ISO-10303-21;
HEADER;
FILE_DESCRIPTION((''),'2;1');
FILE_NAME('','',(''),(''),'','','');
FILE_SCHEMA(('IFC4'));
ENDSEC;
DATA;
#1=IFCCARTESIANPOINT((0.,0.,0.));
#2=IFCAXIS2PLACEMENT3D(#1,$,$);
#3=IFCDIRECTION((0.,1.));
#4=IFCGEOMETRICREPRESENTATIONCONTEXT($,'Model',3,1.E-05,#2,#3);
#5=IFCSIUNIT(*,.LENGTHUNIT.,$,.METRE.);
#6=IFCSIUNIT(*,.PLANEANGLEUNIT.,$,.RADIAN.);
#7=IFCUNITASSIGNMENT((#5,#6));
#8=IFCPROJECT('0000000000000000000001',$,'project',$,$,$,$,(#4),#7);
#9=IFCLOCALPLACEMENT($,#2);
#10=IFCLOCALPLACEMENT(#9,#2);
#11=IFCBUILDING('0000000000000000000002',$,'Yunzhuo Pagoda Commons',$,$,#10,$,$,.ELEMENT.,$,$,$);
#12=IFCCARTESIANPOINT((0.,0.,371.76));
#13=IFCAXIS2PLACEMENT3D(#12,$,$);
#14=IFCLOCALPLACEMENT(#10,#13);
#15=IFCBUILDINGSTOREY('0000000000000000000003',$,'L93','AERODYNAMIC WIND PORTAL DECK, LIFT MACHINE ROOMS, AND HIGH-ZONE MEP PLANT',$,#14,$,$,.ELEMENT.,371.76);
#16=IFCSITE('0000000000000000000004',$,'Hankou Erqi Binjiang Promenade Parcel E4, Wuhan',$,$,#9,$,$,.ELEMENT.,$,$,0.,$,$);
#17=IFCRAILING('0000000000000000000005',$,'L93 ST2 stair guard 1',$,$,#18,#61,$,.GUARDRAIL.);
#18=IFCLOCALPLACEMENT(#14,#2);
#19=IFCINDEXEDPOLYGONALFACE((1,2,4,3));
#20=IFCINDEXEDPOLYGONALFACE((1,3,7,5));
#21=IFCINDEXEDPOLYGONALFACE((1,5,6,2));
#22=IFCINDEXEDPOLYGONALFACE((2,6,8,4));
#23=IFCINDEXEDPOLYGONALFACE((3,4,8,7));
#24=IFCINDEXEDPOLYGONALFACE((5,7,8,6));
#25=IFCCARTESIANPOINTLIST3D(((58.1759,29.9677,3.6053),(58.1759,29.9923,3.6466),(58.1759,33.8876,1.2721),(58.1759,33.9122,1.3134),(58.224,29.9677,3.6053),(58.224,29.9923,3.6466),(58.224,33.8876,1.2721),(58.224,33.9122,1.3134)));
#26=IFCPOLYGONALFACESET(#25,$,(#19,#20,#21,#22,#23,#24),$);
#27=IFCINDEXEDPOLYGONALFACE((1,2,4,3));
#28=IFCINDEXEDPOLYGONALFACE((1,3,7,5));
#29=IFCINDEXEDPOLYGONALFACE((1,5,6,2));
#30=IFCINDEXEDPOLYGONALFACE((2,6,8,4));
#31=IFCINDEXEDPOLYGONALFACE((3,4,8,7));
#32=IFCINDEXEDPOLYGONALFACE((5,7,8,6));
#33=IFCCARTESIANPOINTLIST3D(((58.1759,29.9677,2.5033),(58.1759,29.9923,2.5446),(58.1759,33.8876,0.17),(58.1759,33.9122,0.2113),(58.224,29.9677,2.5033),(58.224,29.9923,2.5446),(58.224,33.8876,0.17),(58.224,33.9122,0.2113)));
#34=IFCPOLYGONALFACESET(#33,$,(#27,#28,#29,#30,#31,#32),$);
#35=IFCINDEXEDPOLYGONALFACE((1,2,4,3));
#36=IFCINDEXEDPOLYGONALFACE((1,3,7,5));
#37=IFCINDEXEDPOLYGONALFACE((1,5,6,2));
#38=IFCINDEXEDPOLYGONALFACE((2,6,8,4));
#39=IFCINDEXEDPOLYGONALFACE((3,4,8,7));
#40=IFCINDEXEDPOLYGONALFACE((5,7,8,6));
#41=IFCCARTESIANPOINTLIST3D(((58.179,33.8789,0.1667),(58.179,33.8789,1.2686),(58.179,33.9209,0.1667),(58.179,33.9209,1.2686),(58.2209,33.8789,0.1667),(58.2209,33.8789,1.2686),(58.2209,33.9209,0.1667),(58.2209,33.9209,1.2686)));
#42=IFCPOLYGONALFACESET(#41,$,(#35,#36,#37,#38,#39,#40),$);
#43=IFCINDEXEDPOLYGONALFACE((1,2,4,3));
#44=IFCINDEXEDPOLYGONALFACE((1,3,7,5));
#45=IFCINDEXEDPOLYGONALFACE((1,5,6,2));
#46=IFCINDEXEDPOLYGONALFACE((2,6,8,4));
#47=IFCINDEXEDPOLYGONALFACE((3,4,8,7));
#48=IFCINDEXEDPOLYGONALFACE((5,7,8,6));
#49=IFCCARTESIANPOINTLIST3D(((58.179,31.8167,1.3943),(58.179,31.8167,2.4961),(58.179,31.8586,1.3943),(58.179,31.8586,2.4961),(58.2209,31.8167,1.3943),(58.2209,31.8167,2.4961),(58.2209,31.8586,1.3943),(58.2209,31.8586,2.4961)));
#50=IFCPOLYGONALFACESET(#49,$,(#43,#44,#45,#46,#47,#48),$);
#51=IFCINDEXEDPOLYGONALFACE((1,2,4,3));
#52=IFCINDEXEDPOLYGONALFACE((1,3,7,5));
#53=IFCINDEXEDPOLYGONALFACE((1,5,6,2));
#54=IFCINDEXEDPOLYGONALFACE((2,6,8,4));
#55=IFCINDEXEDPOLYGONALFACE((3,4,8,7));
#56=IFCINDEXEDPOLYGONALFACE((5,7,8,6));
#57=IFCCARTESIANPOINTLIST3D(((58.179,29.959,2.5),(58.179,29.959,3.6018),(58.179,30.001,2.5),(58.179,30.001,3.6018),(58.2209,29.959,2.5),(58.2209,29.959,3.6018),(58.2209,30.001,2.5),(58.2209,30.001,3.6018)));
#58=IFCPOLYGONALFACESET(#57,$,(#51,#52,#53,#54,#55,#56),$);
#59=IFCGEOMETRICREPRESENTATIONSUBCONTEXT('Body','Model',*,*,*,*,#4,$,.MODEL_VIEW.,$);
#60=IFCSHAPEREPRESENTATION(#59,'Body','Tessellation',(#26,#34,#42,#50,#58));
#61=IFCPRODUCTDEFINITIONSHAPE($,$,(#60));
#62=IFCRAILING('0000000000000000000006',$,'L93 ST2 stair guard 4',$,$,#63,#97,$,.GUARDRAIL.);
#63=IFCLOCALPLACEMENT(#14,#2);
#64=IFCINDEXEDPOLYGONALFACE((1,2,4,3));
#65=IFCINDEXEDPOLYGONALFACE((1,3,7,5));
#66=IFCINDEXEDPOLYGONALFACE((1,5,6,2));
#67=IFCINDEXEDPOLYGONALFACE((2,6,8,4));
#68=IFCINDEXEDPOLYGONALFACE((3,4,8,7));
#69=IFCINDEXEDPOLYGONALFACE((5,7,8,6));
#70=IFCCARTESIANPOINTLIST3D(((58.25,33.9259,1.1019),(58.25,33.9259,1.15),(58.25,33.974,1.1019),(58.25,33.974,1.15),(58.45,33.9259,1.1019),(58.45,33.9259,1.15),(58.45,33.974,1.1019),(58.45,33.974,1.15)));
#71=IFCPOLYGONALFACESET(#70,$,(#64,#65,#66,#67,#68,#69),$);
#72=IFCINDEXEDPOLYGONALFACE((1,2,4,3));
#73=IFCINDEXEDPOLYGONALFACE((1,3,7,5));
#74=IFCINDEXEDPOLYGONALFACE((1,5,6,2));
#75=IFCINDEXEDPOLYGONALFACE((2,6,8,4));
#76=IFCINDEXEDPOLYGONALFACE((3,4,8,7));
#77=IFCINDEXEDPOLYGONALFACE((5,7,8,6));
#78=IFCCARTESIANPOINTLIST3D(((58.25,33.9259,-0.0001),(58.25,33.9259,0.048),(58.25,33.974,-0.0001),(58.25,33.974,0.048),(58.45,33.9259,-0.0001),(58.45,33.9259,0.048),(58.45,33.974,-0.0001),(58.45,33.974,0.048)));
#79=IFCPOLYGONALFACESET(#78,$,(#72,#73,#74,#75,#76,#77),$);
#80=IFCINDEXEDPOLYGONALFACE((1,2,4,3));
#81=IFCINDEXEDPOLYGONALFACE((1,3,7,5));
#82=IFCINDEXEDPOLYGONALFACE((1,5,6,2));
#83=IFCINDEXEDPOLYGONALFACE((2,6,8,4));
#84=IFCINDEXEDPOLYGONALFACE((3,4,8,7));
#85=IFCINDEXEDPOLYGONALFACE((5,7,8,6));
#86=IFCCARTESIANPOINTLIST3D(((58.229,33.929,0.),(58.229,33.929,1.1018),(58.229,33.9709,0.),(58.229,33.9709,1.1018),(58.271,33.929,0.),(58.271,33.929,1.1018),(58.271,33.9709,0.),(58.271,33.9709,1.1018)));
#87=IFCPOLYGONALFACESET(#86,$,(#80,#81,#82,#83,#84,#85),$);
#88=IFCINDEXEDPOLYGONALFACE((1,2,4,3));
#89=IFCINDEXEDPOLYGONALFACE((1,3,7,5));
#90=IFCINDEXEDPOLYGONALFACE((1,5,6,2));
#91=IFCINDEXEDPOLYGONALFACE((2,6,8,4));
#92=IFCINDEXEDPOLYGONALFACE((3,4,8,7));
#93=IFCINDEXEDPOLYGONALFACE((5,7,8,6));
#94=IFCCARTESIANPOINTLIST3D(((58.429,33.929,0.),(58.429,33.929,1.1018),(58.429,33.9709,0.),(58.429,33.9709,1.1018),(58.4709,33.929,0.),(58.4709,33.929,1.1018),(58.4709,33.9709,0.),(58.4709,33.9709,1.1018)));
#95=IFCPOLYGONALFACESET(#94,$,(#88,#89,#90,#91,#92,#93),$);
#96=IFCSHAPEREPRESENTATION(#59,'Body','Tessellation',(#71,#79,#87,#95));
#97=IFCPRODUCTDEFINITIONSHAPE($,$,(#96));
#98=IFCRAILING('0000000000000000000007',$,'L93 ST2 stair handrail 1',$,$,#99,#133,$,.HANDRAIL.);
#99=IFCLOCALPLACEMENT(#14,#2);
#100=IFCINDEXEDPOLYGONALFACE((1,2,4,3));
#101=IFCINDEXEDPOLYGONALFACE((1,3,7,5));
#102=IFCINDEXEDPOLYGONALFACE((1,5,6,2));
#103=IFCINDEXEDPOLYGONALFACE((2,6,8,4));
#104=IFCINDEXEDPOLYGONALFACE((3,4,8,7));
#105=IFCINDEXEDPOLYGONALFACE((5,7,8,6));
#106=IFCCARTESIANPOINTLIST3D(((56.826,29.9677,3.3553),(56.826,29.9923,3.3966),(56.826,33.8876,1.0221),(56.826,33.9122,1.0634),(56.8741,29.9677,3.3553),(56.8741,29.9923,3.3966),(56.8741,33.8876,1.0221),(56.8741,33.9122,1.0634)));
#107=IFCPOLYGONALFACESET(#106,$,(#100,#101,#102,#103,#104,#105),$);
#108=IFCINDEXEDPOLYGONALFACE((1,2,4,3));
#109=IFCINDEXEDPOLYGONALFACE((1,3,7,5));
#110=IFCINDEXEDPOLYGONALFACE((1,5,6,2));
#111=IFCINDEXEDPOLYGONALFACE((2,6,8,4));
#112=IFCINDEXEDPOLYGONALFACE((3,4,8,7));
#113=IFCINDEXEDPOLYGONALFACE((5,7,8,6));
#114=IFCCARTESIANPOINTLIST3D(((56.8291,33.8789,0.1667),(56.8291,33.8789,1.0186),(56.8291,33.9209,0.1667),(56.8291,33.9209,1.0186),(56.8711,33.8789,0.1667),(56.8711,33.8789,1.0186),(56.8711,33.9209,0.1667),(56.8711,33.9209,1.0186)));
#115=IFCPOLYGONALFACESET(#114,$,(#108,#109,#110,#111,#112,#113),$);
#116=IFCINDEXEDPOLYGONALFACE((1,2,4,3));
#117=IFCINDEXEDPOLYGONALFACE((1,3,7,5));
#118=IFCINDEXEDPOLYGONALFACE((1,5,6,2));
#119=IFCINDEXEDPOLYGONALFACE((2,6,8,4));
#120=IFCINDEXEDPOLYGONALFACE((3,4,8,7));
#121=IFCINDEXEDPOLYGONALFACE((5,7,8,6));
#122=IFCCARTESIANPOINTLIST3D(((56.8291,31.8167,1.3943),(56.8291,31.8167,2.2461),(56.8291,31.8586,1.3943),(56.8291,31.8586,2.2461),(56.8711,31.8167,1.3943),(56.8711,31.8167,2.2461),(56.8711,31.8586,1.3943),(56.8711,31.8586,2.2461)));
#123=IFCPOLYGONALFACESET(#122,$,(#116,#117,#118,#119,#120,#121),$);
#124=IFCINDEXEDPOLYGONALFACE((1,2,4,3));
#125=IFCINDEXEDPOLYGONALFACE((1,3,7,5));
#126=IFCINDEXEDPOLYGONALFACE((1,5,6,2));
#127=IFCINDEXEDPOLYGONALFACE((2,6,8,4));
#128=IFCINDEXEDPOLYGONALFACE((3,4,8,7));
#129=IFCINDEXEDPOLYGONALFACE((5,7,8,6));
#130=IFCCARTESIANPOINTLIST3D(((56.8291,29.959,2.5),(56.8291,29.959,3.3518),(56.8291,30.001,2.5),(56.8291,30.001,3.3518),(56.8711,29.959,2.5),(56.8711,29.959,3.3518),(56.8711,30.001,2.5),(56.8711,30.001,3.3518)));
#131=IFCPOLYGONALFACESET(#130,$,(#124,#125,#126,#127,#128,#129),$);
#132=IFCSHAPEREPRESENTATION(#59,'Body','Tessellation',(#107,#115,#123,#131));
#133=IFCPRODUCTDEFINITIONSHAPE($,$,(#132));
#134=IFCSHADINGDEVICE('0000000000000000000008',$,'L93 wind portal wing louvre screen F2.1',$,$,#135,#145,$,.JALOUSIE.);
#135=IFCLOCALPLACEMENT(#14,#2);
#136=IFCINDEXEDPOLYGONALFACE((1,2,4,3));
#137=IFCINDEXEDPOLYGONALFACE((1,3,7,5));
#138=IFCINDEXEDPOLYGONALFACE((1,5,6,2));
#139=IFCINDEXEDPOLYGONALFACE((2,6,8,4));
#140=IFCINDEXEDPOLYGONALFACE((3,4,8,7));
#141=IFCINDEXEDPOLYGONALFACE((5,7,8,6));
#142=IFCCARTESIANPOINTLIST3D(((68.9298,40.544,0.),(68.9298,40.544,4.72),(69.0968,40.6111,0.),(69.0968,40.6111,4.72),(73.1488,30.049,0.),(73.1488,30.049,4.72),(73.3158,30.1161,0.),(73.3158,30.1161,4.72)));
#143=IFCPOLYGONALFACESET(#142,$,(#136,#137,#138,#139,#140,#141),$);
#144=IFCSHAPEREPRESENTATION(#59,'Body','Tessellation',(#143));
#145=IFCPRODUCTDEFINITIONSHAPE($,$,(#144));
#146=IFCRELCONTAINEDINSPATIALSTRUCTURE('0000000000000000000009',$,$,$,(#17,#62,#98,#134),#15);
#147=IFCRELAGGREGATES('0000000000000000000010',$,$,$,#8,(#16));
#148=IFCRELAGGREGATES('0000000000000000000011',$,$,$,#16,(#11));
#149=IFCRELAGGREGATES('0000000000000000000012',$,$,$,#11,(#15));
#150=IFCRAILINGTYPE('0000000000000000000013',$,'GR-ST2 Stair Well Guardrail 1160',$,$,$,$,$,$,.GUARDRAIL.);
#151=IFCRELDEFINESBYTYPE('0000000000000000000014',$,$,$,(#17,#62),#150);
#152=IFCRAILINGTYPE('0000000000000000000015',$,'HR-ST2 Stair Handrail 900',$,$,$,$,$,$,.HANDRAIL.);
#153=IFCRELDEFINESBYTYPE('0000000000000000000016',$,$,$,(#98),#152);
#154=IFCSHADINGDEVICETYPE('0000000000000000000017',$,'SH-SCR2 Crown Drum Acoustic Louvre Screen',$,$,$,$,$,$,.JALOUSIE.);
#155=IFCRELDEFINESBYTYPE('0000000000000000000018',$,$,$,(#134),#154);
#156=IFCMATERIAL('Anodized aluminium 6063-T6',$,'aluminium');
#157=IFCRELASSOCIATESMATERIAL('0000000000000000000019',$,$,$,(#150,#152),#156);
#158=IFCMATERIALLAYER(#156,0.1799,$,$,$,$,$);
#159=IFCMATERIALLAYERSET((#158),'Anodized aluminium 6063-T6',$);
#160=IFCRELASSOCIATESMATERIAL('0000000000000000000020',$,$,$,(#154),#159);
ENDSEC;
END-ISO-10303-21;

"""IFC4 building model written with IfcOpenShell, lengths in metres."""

from ifc_helpers import new_model, si_unit, direction, frame, origin, origin_2d, place, context, subcontext, project, spatial, rectangle, extrude, source, transform, mapped, material, layer, layer_set, type_object, element, save


model = new_model("IFC4")

# Units and contexts
model_context = context("Model", 3, precision=1e-05, world=origin(), true_north=direction((0.0, 1.0)))
body_context = subcontext(model_context, "Body", "Model", "MODEL_VIEW")
ifc_project = project(units=[si_unit("LENGTHUNIT", "METRE"), si_unit("PLANEANGLEUNIT", "RADIAN")], contexts=[model_context])

# Site, building, storey
site_placement = place(None, origin())
site = spatial("IfcSite", under=ifc_project, at=site_placement, Name="Hankou Erqi Binjiang Promenade Parcel E4, Wuhan", CompositionType="ELEMENT", RefElevation=0.0)
building_placement = place(site_placement, origin())
building = spatial("IfcBuilding", under=site, at=building_placement, Name="Yunzhuo Pagoda Commons", CompositionType="ELEMENT")
storey_placement = place(building_placement, frame((0.0, 0.0, 371.76)))
storey = spatial("IfcBuildingStorey", under=building, at=storey_placement, Name="L93", Description="AERODYNAMIC WIND PORTAL DECK, LIFT MACHINE ROOMS, AND HIGH-ZONE MEP PLANT", CompositionType="ELEMENT", Elevation=371.76)

# Railings
ifc_material_1 = material(Name="Anodized aluminium 6063-T6", Category="aluminium")
railing_type_1 = type_object("IfcRailingType", Name="GR-ST2 Stair Well Guardrail 1160", PredefinedType="GUARDRAIL", material=ifc_material_1)
railing_1_placement = place(storey_placement, frame((58.2, 33.8999, 0.1667)))
element("IfcRailing", 1, at=railing_1_placement, inside=storey, type_object=railing_type_1, Name="L93 ST2 stair guard 1", PredefinedType="GUARDRAIL", context=body_context, shape_type="SweptSolid", body=[
    extrude(rectangle(XDim=0.0481, YDim=0.0481, at=origin_2d()), frame((0.0, 0.0, 1.126), z_axis=(0.0, -0.859296, 0.511478), x_axis=(1.0, 0.0, 0.0)), (0.0, 0.0, 1.0), 4.5618),
    extrude(rectangle(XDim=0.0481, YDim=0.0481, at=origin_2d()), frame((0.0, 0.0, 0.0239), z_axis=(0.0, -0.859296, 0.511478), x_axis=(1.0, 0.0, 0.0)), (0.0, 0.0, 1.0), 4.5618),
    extrude(rectangle(XDim=0.042, YDim=0.042, at=origin_2d()), origin(), (0.0, 0.0, 1.0), 1.1018),
    extrude(rectangle(XDim=0.042, YDim=0.042, at=origin_2d()), frame((0.0, -2.0623, 1.2275)), (0.0, 0.0, 1.0), 1.1018),
    extrude(rectangle(XDim=0.042, YDim=0.042, at=origin_2d()), frame((0.0, -3.9199, 2.3333)), (0.0, 0.0, 1.0), 1.1018),
])
railing_2_placement = place(storey_placement, frame((58.25, 33.95, 0.0)))
element("IfcRailing", 2, at=railing_2_placement, inside=storey, type_object=railing_type_1, Name="L93 ST2 stair guard 4", PredefinedType="GUARDRAIL", context=body_context, shape_type="SweptSolid", body=[
    extrude(rectangle(XDim=0.0481, YDim=0.0481, at=origin_2d()), frame((0.0, 0.0, 1.126), z_axis=(1.0, 0.0, 0.0), x_axis=(0.0, 1.0, 0.0)), (0.0, 0.0, 1.0), 0.2),
    extrude(rectangle(XDim=0.0481, YDim=0.0481, at=origin_2d()), frame((0.0, 0.0, 0.0239), z_axis=(1.0, 0.0, 0.0), x_axis=(0.0, 1.0, 0.0)), (0.0, 0.0, 1.0), 0.2),
    extrude(rectangle(XDim=0.042, YDim=0.042, at=origin_2d()), origin(), (0.0, 0.0, 1.0), 1.1018),
    extrude(rectangle(XDim=0.042, YDim=0.042, at=origin_2d()), frame((0.2, 0.0, 0.0)), (0.0, 0.0, 1.0), 1.1018),
])
railing_type_2 = type_object("IfcRailingType", Name="HR-ST2 Stair Handrail 900", PredefinedType="HANDRAIL", material=ifc_material_1)
railing_3_placement = place(storey_placement, frame((56.8501, 33.8999, 0.1667)))
element("IfcRailing", 3, at=railing_3_placement, inside=storey, type_object=railing_type_2, Name="L93 ST2 stair handrail 1", PredefinedType="HANDRAIL", context=body_context, shape_type="SweptSolid", body=[
    extrude(rectangle(XDim=0.0481, YDim=0.0481, at=origin_2d()), frame((0.0, 0.0, 0.876), z_axis=(0.0, -0.859296, 0.511478), x_axis=(1.0, 0.0, 0.0)), (0.0, 0.0, 1.0), 4.5618),
    extrude(rectangle(XDim=0.042, YDim=0.042, at=origin_2d()), origin(), (0.0, 0.0, 1.0), 0.8518),
    extrude(rectangle(XDim=0.042, YDim=0.042, at=origin_2d()), frame((0.0, -2.0623, 1.2275)), (0.0, 0.0, 1.0), 0.8518),
    extrude(rectangle(XDim=0.042, YDim=0.042, at=origin_2d()), frame((0.0, -3.9199, 2.3333)), (0.0, 0.0, 1.0), 0.8518),
])

# Shading device
ifc_layer_1 = layer(ifc_material_1, 0.1799)
ifc_layer_set_1 = layer_set([ifc_layer_1], Name="Anodized aluminium 6063-T6")
shading_device_type = type_object("IfcShadingDeviceType", Name="SH-SCR2 Crown Drum Acoustic Louvre Screen", PredefinedType="JALOUSIE", material=ifc_layer_set_1)
shared_shape_1 = source(origin(), body_context, "Body", "SweptSolid", [
    extrude(rectangle(XDim=11.3113, YDim=0.1799, at=origin_2d()), origin(), (0.0, 0.0, 1.0), 4.72),
])
shading_device_placement = place(storey_placement, frame((71.1228, 35.3301, 0.0), z_axis=(0.0, 0.0, 1.0), x_axis=(-0.372988, 0.927836, 0.0)))
element("IfcShadingDevice", 4, at=shading_device_placement, inside=storey, type_object=shading_device_type, Name="L93 wind portal wing louvre screen F2.1", PredefinedType="JALOUSIE", context=body_context, shape_type="MappedRepresentation", body=[
    mapped(shared_shape_1, transform((0.0, 0.0, 0.0), scale=1.0)),
])

save(model, "model.ifc")
